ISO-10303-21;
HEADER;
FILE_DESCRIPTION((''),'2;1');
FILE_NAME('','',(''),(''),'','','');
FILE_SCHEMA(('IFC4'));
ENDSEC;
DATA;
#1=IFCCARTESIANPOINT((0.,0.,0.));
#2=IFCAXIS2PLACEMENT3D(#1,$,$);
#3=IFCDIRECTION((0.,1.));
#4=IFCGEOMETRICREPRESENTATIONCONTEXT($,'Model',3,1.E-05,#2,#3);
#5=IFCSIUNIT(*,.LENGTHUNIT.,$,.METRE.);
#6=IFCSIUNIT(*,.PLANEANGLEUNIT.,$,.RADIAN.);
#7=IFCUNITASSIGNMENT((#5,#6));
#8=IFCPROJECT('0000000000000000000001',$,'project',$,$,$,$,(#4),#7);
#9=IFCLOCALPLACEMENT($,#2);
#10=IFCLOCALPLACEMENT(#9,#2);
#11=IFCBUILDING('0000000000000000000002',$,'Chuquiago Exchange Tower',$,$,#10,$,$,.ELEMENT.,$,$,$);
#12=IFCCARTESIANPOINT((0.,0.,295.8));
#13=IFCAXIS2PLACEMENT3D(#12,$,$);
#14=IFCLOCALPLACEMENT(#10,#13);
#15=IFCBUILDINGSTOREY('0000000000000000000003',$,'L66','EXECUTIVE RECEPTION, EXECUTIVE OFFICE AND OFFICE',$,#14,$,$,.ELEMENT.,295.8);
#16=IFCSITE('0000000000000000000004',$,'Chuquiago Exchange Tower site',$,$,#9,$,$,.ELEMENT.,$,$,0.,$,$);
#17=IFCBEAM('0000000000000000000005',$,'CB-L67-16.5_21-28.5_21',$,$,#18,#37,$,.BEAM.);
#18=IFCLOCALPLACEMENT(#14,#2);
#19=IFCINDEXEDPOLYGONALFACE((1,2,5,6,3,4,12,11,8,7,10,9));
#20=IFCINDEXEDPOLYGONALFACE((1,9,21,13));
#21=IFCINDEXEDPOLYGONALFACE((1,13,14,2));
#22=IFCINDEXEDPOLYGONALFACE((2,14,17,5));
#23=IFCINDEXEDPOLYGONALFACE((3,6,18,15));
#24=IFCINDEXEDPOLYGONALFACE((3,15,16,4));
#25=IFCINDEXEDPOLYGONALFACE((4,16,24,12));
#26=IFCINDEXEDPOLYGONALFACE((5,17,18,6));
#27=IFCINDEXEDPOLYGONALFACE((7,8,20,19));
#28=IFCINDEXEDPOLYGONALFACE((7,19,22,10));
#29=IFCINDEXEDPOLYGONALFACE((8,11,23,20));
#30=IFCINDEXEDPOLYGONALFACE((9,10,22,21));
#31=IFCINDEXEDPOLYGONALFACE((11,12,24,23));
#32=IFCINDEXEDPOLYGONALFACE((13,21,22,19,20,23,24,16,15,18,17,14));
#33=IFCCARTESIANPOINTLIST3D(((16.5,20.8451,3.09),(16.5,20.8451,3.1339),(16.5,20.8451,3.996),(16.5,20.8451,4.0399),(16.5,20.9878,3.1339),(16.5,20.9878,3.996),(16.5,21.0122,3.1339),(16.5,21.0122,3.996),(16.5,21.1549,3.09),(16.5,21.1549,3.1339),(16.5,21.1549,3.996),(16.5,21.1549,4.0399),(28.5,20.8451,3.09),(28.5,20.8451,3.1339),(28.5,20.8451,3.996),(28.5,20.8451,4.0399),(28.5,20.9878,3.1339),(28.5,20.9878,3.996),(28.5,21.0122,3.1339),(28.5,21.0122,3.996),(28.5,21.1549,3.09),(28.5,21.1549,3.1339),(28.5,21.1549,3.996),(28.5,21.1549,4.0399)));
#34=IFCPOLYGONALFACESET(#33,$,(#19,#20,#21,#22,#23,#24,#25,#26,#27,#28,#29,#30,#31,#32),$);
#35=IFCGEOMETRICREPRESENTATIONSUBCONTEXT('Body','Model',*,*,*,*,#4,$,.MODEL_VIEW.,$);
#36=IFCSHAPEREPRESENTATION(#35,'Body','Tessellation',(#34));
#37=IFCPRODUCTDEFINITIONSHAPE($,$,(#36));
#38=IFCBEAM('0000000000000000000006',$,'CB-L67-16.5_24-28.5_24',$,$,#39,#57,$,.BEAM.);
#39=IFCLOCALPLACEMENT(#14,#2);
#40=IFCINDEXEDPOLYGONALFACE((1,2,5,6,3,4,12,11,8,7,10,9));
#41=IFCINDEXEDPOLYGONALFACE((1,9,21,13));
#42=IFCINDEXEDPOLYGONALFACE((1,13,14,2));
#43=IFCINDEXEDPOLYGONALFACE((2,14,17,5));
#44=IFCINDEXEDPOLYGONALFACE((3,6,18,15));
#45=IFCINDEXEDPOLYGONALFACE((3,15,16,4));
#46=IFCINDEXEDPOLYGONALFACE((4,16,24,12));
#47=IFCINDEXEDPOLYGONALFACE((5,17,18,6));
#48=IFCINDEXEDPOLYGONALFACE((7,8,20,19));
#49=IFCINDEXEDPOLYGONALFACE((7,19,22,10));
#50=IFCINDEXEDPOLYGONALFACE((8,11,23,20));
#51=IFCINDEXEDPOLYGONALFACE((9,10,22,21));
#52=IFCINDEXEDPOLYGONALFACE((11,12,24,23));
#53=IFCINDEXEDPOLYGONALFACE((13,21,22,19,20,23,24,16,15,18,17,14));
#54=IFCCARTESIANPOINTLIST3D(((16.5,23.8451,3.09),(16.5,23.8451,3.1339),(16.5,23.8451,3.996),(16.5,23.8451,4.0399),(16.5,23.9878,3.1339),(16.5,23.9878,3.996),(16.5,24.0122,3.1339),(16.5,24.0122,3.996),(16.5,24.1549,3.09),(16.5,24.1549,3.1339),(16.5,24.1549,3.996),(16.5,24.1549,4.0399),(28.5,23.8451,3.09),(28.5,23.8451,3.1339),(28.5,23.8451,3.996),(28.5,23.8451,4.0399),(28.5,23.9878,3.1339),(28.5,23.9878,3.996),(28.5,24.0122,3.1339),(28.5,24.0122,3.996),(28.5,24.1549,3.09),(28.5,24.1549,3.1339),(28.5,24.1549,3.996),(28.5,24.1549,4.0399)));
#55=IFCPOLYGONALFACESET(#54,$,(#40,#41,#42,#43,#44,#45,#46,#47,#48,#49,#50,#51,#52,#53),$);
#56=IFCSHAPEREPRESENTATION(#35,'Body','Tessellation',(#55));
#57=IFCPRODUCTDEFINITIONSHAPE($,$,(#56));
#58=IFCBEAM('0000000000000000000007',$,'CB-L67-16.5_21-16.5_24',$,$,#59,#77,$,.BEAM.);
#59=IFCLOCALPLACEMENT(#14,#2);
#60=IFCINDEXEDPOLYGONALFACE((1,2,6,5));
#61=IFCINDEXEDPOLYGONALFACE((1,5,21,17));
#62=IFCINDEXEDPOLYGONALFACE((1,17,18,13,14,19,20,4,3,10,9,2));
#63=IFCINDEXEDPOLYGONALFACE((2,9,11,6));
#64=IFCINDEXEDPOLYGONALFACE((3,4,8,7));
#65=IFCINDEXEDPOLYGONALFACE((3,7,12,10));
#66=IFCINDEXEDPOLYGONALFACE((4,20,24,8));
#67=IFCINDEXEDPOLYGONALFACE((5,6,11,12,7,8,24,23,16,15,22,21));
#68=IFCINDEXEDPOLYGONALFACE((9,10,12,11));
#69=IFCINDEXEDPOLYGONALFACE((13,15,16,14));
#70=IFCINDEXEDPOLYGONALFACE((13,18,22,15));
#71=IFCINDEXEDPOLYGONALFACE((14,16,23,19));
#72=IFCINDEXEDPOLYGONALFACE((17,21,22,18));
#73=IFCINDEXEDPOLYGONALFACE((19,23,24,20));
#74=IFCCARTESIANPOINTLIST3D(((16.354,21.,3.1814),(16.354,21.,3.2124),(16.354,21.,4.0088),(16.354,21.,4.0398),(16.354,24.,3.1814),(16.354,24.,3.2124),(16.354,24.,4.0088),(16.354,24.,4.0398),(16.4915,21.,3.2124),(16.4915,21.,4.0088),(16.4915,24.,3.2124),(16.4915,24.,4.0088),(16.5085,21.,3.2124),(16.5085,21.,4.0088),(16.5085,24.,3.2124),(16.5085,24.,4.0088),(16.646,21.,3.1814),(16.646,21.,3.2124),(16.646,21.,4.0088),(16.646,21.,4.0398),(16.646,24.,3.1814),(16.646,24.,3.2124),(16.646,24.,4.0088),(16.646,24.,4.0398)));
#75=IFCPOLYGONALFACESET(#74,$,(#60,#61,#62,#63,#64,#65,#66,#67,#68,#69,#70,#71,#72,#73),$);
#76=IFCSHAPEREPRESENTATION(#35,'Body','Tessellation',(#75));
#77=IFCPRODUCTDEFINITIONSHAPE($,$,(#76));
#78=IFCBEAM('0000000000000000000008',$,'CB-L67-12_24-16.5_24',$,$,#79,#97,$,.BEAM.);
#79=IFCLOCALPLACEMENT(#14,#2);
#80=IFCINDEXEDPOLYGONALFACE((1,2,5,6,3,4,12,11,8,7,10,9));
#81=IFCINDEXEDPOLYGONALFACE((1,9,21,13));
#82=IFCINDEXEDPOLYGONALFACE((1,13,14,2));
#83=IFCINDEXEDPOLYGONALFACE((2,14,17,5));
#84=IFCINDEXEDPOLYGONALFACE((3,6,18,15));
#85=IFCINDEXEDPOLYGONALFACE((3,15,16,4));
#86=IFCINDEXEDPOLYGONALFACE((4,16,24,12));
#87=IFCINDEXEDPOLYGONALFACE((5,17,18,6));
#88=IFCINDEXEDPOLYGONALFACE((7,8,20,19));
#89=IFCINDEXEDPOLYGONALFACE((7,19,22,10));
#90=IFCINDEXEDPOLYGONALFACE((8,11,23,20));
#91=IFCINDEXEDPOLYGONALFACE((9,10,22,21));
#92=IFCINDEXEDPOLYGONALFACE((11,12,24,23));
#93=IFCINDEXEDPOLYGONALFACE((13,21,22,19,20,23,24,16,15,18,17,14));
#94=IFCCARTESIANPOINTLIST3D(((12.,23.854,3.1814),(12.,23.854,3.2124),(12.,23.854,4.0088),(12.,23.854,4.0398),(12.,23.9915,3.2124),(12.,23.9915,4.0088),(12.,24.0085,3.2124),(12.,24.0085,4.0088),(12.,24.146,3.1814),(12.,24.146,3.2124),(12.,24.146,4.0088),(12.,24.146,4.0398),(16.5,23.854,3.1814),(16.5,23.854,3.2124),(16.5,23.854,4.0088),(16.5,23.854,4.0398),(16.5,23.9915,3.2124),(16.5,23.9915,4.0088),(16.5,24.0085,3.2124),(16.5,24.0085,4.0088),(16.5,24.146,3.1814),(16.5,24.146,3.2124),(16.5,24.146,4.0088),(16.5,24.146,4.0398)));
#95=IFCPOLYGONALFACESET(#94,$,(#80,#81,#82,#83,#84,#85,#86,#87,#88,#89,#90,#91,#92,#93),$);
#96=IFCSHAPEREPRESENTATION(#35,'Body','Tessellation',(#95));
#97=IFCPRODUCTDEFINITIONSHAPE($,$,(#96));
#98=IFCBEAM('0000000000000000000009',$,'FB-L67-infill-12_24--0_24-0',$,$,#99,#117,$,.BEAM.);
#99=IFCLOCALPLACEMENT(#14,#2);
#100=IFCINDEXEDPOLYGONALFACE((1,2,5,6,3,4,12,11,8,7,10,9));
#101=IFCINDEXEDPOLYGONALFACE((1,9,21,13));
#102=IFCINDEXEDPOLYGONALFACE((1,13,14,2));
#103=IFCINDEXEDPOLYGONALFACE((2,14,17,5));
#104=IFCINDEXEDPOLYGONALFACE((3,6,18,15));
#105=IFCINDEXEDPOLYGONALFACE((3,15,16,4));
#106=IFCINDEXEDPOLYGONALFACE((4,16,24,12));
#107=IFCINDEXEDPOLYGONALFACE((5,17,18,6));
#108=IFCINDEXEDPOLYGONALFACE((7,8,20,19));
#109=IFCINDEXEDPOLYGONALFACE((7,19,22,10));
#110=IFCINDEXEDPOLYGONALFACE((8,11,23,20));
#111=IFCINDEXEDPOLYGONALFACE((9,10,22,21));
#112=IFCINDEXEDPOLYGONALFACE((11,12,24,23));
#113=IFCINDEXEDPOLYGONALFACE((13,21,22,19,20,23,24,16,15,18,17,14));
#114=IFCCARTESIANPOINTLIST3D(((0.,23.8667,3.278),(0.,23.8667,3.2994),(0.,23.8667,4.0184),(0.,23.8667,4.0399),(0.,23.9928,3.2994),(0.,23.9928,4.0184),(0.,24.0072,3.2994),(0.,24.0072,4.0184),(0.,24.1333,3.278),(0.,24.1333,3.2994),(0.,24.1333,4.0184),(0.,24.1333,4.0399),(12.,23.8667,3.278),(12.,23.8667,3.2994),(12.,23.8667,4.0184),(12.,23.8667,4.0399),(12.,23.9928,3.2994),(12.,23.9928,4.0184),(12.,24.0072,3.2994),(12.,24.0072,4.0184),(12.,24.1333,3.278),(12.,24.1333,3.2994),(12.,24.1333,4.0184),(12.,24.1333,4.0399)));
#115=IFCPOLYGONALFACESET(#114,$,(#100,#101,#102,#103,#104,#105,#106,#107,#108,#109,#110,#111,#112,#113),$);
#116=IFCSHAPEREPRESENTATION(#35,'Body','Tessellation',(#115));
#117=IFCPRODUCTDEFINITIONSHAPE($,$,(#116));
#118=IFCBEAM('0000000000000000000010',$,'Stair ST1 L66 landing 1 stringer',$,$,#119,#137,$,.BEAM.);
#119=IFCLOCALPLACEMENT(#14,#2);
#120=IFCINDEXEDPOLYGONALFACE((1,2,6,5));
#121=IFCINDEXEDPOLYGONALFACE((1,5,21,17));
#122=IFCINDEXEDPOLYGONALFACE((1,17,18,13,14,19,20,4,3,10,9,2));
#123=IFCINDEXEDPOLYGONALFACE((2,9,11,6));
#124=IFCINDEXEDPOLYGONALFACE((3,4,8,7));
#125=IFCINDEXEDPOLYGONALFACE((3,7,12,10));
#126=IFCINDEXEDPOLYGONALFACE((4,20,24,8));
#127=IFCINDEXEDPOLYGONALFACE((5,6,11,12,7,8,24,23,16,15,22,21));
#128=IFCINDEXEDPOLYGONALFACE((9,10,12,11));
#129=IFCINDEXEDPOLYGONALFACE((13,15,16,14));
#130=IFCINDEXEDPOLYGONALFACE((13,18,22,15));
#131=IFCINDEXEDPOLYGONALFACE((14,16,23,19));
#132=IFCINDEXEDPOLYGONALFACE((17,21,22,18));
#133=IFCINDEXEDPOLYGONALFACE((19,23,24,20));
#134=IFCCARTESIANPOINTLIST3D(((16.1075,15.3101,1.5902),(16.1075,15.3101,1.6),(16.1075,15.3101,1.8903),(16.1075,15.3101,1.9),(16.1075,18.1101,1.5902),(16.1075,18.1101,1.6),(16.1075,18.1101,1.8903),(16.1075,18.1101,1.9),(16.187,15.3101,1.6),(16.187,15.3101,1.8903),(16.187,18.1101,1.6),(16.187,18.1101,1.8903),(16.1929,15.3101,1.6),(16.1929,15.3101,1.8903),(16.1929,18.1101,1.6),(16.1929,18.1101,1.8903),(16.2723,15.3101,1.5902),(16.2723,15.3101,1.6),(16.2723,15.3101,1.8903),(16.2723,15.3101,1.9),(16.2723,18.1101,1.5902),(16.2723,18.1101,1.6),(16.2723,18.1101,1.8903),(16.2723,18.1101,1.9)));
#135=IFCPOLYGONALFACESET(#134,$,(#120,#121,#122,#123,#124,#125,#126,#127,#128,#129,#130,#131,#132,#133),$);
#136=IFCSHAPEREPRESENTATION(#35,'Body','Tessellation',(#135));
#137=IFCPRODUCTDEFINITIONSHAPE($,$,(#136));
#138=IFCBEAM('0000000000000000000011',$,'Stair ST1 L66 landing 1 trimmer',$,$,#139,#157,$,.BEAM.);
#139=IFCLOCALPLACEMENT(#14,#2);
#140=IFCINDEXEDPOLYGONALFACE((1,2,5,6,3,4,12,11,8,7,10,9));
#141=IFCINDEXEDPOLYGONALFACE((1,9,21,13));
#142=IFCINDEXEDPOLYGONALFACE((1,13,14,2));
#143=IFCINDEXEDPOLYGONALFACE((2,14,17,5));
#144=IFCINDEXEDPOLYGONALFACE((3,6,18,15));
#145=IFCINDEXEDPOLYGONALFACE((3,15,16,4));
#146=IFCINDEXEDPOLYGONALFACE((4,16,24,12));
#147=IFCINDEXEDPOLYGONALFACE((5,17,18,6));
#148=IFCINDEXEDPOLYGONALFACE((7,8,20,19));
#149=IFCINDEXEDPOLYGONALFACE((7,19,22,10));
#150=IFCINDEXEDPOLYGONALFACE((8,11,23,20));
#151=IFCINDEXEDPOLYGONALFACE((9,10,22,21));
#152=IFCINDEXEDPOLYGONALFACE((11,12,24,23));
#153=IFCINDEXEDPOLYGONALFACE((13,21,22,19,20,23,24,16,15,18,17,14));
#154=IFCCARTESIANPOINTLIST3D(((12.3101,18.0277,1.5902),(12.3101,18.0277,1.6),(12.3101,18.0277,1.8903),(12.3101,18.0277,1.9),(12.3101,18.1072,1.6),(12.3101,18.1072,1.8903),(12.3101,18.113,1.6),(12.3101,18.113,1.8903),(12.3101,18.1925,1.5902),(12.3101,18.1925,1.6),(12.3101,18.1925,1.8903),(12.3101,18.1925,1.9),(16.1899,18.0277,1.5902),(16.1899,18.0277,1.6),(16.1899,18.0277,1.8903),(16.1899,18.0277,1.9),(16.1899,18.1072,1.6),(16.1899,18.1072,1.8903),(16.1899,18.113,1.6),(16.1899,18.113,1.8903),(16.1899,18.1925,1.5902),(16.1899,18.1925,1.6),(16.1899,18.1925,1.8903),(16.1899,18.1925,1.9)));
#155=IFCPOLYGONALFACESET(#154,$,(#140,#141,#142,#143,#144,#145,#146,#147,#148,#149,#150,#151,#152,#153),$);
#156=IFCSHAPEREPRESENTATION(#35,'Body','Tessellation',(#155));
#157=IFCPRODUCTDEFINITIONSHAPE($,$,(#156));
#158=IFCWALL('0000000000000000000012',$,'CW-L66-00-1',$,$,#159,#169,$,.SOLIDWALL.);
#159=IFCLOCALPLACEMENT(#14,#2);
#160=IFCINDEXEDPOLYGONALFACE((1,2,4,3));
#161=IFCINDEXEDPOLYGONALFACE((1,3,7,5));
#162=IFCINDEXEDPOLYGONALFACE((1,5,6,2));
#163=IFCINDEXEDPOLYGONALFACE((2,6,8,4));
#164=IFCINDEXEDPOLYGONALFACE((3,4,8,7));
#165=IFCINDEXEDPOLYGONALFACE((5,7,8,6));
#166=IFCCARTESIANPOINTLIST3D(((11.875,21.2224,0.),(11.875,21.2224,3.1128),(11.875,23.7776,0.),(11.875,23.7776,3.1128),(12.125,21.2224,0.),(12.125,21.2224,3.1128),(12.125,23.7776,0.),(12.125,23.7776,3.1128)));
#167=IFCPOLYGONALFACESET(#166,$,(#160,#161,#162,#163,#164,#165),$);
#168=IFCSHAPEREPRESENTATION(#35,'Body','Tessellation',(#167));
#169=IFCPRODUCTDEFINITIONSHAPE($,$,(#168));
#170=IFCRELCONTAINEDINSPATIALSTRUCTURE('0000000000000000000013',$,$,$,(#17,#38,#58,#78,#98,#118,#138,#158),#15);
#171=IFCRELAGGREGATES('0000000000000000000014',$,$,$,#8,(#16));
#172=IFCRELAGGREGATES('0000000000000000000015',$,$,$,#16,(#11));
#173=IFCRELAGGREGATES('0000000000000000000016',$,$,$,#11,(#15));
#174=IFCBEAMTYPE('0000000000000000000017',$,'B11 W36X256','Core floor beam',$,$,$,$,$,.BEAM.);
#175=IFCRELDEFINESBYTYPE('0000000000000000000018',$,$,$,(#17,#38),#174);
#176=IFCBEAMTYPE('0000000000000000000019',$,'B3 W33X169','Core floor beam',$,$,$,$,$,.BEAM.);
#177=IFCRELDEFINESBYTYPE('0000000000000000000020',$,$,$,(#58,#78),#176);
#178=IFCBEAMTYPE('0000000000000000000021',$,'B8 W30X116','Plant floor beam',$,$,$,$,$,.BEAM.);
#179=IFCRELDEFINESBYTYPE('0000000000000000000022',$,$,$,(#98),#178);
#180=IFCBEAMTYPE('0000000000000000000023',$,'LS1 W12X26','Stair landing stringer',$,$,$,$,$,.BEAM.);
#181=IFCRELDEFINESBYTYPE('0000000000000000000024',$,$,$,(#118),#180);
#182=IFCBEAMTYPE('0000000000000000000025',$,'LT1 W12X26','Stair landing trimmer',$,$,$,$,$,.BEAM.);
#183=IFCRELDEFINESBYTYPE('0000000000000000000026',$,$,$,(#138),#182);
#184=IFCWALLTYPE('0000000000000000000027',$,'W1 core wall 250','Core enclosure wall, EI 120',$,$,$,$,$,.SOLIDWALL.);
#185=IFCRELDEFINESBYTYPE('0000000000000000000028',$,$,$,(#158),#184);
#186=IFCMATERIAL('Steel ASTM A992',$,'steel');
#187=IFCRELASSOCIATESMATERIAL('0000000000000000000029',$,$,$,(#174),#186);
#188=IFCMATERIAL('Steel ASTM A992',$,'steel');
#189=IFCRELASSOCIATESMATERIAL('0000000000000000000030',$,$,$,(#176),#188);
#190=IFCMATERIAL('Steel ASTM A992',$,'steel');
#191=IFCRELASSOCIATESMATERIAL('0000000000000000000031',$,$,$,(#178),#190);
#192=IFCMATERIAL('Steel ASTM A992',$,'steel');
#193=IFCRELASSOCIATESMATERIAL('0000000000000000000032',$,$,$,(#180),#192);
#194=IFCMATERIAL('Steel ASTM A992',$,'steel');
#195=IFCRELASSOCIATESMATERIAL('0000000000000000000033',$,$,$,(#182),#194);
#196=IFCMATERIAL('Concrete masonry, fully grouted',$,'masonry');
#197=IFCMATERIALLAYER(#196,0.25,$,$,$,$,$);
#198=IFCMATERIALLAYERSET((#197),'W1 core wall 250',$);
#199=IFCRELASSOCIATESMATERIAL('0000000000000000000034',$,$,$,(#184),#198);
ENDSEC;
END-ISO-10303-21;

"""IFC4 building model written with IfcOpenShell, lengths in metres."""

from ifc_helpers import new_model, si_unit, direction, frame, frame_2d, origin, origin_2d, place, context, subcontext, project, spatial, rectangle, i_section, extrude, material, layer, layer_set, material_profile, profile_set, type_object, element, save


model = new_model("IFC4")

# Units and contexts
model_context = context("Model", 3, precision=1e-05, world=origin(), true_north=direction((0.0, 1.0)))
body_context = subcontext(model_context, "Body", "Model", "MODEL_VIEW")
ifc_project = project(units=[si_unit("LENGTHUNIT", "METRE"), si_unit("PLANEANGLEUNIT", "RADIAN")], contexts=[model_context])

# Site, building, storey
site_placement = place(None, origin())
site = spatial("IfcSite", under=ifc_project, at=site_placement, Name="Chuquiago Exchange Tower site", CompositionType="ELEMENT", RefElevation=0.0)
building_placement = place(site_placement, origin())
building = spatial("IfcBuilding", under=site, at=building_placement, Name="Chuquiago Exchange Tower", CompositionType="ELEMENT")
storey_placement = place(building_placement, frame((0.0, 0.0, 295.8)))
storey = spatial("IfcBuildingStorey", under=building, at=storey_placement, Name="L66", Description="EXECUTIVE RECEPTION, EXECUTIVE OFFICE AND OFFICE", CompositionType="ELEMENT", Elevation=295.8)

# Beams
ifc_material_1 = material(Name="Steel ASTM A992", Category="steel")
ifc_material_profile_1 = material_profile(ifc_material_1, i_section(OverallWidth=0.3098, OverallDepth=0.95, WebThickness=0.0244, FlangeThickness=0.0439, at=origin_2d()), Name="W36X256")
ifc_profile_set_1 = profile_set([ifc_material_profile_1], Name="Steel ASTM A992")
beam_type_1 = type_object("IfcBeamType", Name="B11 W36X256", Description="Core floor beam", PredefinedType="BEAM", material=ifc_profile_set_1)
for number, where, z_axis, x_axis, name in (
    (1, (16.5, 21.0, 3.5649), (1.0, 0.0, 0.0), (0.0, 1.0, 0.0), "CB-L67-16.5_21-28.5_21"),
    (2, (16.5, 24.0, 3.5649), (1.0, 0.0, 0.0), (0.0, 1.0, 0.0), "CB-L67-16.5_24-28.5_24"),
):
    element("IfcBeam", number, at=place(storey_placement, frame(where, z_axis=z_axis, x_axis=x_axis)), inside=storey, type_object=beam_type_1, Name=name, PredefinedType="BEAM", context=body_context, shape_type="SweptSolid", body=[
        extrude(i_section(OverallWidth=0.3098, OverallDepth=0.95, WebThickness=0.0244, FlangeThickness=0.0439, at=origin_2d()), origin(), (0.0, 0.0, 1.0), 12.0),
    ])
ifc_material_2 = material(Name="Steel ASTM A992", Category="steel")
ifc_material_profile_2 = material_profile(ifc_material_2, i_section(OverallWidth=0.292, OverallDepth=0.8584, WebThickness=0.0171, FlangeThickness=0.031, at=origin_2d()), Name="W33X169")
ifc_profile_set_2 = profile_set([ifc_material_profile_2], Name="Steel ASTM A992")
beam_type_2 = type_object("IfcBeamType", Name="B3 W33X169", Description="Core floor beam", PredefinedType="BEAM", material=ifc_profile_set_2)
beam_1_placement = place(storey_placement, frame((16.5, 21.0, 3.6106), z_axis=(0.0, 1.0, 0.0), x_axis=(-1.0, 0.0, 0.0)))
element("IfcBeam", 3, at=beam_1_placement, inside=storey, type_object=beam_type_2, Name="CB-L67-16.5_21-16.5_24", PredefinedType="BEAM", context=body_context, shape_type="SweptSolid", body=[
    extrude(i_section(OverallWidth=0.292, OverallDepth=0.8584, WebThickness=0.0171, FlangeThickness=0.031, at=origin_2d()), origin(), (0.0, 0.0, 1.0), 3.0),
])
beam_2_placement = place(storey_placement, frame((12.0, 24.0, 3.6106), z_axis=(1.0, 0.0, 0.0), x_axis=(0.0, 1.0, 0.0)))
element("IfcBeam", 4, at=beam_2_placement, inside=storey, type_object=beam_type_2, Name="CB-L67-12_24-16.5_24", PredefinedType="BEAM", context=body_context, shape_type="SweptSolid", body=[
    extrude(i_section(OverallWidth=0.292, OverallDepth=0.8584, WebThickness=0.0171, FlangeThickness=0.031, at=origin_2d()), origin(), (0.0, 0.0, 1.0), 4.5),
])
ifc_material_3 = material(Name="Steel ASTM A992", Category="steel")
ifc_material_profile_3 = material_profile(ifc_material_3, i_section(OverallWidth=0.2666, OverallDepth=0.762, WebThickness=0.0144, FlangeThickness=0.0215, at=origin_2d()), Name="W30X116")
ifc_profile_set_3 = profile_set([ifc_material_profile_3], Name="Steel ASTM A992")
beam_type_3 = type_object("IfcBeamType", Name="B8 W30X116", Description="Plant floor beam", PredefinedType="BEAM", material=ifc_profile_set_3)
beam_3_placement = place(storey_placement, frame((12.0, 24.0, 3.6589), z_axis=(-1.0, 0.0, 0.0), x_axis=(0.0, -1.0, 0.0)))
element("IfcBeam", 5, at=beam_3_placement, inside=storey, type_object=beam_type_3, Name="FB-L67-infill-12_24--0_24-0", PredefinedType="BEAM", context=body_context, shape_type="SweptSolid", body=[
    extrude(i_section(OverallWidth=0.2666, OverallDepth=0.762, WebThickness=0.0144, FlangeThickness=0.0215, at=origin_2d()), origin(), (0.0, 0.0, 1.0), 12.0),
])
ifc_material_4 = material(Name="Steel ASTM A992", Category="steel")
ifc_material_profile_4 = material_profile(ifc_material_4, i_section(OverallWidth=0.1648, OverallDepth=0.3098, WebThickness=0.0059, FlangeThickness=0.0098, at=origin_2d()), Name="W12X26")
ifc_profile_set_4 = profile_set([ifc_material_profile_4], Name="Steel ASTM A992")
beam_type_4 = type_object("IfcBeamType", Name="LS1 W12X26", Description="Stair landing stringer", PredefinedType="BEAM", material=ifc_profile_set_4)
beam_4_placement = place(storey_placement, frame((16.1899, 15.3101, 1.7451), z_axis=(0.0, 1.0, 0.0), x_axis=(-1.0, 0.0, 0.0)))
element("IfcBeam", 6, at=beam_4_placement, inside=storey, type_object=beam_type_4, Name="Stair ST1 L66 landing 1 stringer", PredefinedType="BEAM", context=body_context, shape_type="SweptSolid", body=[
    extrude(i_section(OverallWidth=0.1648, OverallDepth=0.3098, WebThickness=0.0059, FlangeThickness=0.0098, at=origin_2d()), origin(), (0.0, 0.0, 1.0), 2.8),
])
ifc_material_5 = material(Name="Steel ASTM A992", Category="steel")
ifc_material_profile_5 = material_profile(ifc_material_5, i_section(OverallWidth=0.1648, OverallDepth=0.3098, WebThickness=0.0059, FlangeThickness=0.0098, at=origin_2d()), Name="W12X26")
ifc_profile_set_5 = profile_set([ifc_material_profile_5], Name="Steel ASTM A992")
beam_type_5 = type_object("IfcBeamType", Name="LT1 W12X26", Description="Stair landing trimmer", PredefinedType="BEAM", material=ifc_profile_set_5)
beam_5_placement = place(storey_placement, frame((12.3101, 18.1101, 1.7451), z_axis=(1.0, 0.0, 0.0), x_axis=(0.0, 1.0, 0.0)))
element("IfcBeam", 7, at=beam_5_placement, inside=storey, type_object=beam_type_5, Name="Stair ST1 L66 landing 1 trimmer", PredefinedType="BEAM", context=body_context, shape_type="SweptSolid", body=[
    extrude(i_section(OverallWidth=0.1648, OverallDepth=0.3098, WebThickness=0.0059, FlangeThickness=0.0098, at=origin_2d()), origin(), (0.0, 0.0, 1.0), 3.8799),
])

# Wall
ifc_material_6 = material(Name="Concrete masonry, fully grouted", Category="masonry")
ifc_layer_1 = layer(ifc_material_6, 0.25)
ifc_layer_set_1 = layer_set([ifc_layer_1], Name="W1 core wall 250")
wall_type_1 = type_object("IfcWallType", Name="W1 core wall 250", Description="Core enclosure wall, EI 120", PredefinedType="SOLIDWALL", material=ifc_layer_set_1)
wall_1_placement = place(storey_placement, frame((12.0, 21.2224, 0.0), z_axis=(0.0, 0.0, 1.0), x_axis=(0.0, 1.0, 0.0)))
element("IfcWall", 8, at=wall_1_placement, inside=storey, type_object=wall_type_1, Name="CW-L66-00-1", PredefinedType="SOLIDWALL", context=body_context, shape_type="SweptSolid", body=[
    extrude(rectangle(XDim=2.5552, YDim=0.25, at=frame_2d((1.2776, 0.0))), origin(), (0.0, 0.0, 1.0), 3.1128),
])

save(model, "model.ifc")
